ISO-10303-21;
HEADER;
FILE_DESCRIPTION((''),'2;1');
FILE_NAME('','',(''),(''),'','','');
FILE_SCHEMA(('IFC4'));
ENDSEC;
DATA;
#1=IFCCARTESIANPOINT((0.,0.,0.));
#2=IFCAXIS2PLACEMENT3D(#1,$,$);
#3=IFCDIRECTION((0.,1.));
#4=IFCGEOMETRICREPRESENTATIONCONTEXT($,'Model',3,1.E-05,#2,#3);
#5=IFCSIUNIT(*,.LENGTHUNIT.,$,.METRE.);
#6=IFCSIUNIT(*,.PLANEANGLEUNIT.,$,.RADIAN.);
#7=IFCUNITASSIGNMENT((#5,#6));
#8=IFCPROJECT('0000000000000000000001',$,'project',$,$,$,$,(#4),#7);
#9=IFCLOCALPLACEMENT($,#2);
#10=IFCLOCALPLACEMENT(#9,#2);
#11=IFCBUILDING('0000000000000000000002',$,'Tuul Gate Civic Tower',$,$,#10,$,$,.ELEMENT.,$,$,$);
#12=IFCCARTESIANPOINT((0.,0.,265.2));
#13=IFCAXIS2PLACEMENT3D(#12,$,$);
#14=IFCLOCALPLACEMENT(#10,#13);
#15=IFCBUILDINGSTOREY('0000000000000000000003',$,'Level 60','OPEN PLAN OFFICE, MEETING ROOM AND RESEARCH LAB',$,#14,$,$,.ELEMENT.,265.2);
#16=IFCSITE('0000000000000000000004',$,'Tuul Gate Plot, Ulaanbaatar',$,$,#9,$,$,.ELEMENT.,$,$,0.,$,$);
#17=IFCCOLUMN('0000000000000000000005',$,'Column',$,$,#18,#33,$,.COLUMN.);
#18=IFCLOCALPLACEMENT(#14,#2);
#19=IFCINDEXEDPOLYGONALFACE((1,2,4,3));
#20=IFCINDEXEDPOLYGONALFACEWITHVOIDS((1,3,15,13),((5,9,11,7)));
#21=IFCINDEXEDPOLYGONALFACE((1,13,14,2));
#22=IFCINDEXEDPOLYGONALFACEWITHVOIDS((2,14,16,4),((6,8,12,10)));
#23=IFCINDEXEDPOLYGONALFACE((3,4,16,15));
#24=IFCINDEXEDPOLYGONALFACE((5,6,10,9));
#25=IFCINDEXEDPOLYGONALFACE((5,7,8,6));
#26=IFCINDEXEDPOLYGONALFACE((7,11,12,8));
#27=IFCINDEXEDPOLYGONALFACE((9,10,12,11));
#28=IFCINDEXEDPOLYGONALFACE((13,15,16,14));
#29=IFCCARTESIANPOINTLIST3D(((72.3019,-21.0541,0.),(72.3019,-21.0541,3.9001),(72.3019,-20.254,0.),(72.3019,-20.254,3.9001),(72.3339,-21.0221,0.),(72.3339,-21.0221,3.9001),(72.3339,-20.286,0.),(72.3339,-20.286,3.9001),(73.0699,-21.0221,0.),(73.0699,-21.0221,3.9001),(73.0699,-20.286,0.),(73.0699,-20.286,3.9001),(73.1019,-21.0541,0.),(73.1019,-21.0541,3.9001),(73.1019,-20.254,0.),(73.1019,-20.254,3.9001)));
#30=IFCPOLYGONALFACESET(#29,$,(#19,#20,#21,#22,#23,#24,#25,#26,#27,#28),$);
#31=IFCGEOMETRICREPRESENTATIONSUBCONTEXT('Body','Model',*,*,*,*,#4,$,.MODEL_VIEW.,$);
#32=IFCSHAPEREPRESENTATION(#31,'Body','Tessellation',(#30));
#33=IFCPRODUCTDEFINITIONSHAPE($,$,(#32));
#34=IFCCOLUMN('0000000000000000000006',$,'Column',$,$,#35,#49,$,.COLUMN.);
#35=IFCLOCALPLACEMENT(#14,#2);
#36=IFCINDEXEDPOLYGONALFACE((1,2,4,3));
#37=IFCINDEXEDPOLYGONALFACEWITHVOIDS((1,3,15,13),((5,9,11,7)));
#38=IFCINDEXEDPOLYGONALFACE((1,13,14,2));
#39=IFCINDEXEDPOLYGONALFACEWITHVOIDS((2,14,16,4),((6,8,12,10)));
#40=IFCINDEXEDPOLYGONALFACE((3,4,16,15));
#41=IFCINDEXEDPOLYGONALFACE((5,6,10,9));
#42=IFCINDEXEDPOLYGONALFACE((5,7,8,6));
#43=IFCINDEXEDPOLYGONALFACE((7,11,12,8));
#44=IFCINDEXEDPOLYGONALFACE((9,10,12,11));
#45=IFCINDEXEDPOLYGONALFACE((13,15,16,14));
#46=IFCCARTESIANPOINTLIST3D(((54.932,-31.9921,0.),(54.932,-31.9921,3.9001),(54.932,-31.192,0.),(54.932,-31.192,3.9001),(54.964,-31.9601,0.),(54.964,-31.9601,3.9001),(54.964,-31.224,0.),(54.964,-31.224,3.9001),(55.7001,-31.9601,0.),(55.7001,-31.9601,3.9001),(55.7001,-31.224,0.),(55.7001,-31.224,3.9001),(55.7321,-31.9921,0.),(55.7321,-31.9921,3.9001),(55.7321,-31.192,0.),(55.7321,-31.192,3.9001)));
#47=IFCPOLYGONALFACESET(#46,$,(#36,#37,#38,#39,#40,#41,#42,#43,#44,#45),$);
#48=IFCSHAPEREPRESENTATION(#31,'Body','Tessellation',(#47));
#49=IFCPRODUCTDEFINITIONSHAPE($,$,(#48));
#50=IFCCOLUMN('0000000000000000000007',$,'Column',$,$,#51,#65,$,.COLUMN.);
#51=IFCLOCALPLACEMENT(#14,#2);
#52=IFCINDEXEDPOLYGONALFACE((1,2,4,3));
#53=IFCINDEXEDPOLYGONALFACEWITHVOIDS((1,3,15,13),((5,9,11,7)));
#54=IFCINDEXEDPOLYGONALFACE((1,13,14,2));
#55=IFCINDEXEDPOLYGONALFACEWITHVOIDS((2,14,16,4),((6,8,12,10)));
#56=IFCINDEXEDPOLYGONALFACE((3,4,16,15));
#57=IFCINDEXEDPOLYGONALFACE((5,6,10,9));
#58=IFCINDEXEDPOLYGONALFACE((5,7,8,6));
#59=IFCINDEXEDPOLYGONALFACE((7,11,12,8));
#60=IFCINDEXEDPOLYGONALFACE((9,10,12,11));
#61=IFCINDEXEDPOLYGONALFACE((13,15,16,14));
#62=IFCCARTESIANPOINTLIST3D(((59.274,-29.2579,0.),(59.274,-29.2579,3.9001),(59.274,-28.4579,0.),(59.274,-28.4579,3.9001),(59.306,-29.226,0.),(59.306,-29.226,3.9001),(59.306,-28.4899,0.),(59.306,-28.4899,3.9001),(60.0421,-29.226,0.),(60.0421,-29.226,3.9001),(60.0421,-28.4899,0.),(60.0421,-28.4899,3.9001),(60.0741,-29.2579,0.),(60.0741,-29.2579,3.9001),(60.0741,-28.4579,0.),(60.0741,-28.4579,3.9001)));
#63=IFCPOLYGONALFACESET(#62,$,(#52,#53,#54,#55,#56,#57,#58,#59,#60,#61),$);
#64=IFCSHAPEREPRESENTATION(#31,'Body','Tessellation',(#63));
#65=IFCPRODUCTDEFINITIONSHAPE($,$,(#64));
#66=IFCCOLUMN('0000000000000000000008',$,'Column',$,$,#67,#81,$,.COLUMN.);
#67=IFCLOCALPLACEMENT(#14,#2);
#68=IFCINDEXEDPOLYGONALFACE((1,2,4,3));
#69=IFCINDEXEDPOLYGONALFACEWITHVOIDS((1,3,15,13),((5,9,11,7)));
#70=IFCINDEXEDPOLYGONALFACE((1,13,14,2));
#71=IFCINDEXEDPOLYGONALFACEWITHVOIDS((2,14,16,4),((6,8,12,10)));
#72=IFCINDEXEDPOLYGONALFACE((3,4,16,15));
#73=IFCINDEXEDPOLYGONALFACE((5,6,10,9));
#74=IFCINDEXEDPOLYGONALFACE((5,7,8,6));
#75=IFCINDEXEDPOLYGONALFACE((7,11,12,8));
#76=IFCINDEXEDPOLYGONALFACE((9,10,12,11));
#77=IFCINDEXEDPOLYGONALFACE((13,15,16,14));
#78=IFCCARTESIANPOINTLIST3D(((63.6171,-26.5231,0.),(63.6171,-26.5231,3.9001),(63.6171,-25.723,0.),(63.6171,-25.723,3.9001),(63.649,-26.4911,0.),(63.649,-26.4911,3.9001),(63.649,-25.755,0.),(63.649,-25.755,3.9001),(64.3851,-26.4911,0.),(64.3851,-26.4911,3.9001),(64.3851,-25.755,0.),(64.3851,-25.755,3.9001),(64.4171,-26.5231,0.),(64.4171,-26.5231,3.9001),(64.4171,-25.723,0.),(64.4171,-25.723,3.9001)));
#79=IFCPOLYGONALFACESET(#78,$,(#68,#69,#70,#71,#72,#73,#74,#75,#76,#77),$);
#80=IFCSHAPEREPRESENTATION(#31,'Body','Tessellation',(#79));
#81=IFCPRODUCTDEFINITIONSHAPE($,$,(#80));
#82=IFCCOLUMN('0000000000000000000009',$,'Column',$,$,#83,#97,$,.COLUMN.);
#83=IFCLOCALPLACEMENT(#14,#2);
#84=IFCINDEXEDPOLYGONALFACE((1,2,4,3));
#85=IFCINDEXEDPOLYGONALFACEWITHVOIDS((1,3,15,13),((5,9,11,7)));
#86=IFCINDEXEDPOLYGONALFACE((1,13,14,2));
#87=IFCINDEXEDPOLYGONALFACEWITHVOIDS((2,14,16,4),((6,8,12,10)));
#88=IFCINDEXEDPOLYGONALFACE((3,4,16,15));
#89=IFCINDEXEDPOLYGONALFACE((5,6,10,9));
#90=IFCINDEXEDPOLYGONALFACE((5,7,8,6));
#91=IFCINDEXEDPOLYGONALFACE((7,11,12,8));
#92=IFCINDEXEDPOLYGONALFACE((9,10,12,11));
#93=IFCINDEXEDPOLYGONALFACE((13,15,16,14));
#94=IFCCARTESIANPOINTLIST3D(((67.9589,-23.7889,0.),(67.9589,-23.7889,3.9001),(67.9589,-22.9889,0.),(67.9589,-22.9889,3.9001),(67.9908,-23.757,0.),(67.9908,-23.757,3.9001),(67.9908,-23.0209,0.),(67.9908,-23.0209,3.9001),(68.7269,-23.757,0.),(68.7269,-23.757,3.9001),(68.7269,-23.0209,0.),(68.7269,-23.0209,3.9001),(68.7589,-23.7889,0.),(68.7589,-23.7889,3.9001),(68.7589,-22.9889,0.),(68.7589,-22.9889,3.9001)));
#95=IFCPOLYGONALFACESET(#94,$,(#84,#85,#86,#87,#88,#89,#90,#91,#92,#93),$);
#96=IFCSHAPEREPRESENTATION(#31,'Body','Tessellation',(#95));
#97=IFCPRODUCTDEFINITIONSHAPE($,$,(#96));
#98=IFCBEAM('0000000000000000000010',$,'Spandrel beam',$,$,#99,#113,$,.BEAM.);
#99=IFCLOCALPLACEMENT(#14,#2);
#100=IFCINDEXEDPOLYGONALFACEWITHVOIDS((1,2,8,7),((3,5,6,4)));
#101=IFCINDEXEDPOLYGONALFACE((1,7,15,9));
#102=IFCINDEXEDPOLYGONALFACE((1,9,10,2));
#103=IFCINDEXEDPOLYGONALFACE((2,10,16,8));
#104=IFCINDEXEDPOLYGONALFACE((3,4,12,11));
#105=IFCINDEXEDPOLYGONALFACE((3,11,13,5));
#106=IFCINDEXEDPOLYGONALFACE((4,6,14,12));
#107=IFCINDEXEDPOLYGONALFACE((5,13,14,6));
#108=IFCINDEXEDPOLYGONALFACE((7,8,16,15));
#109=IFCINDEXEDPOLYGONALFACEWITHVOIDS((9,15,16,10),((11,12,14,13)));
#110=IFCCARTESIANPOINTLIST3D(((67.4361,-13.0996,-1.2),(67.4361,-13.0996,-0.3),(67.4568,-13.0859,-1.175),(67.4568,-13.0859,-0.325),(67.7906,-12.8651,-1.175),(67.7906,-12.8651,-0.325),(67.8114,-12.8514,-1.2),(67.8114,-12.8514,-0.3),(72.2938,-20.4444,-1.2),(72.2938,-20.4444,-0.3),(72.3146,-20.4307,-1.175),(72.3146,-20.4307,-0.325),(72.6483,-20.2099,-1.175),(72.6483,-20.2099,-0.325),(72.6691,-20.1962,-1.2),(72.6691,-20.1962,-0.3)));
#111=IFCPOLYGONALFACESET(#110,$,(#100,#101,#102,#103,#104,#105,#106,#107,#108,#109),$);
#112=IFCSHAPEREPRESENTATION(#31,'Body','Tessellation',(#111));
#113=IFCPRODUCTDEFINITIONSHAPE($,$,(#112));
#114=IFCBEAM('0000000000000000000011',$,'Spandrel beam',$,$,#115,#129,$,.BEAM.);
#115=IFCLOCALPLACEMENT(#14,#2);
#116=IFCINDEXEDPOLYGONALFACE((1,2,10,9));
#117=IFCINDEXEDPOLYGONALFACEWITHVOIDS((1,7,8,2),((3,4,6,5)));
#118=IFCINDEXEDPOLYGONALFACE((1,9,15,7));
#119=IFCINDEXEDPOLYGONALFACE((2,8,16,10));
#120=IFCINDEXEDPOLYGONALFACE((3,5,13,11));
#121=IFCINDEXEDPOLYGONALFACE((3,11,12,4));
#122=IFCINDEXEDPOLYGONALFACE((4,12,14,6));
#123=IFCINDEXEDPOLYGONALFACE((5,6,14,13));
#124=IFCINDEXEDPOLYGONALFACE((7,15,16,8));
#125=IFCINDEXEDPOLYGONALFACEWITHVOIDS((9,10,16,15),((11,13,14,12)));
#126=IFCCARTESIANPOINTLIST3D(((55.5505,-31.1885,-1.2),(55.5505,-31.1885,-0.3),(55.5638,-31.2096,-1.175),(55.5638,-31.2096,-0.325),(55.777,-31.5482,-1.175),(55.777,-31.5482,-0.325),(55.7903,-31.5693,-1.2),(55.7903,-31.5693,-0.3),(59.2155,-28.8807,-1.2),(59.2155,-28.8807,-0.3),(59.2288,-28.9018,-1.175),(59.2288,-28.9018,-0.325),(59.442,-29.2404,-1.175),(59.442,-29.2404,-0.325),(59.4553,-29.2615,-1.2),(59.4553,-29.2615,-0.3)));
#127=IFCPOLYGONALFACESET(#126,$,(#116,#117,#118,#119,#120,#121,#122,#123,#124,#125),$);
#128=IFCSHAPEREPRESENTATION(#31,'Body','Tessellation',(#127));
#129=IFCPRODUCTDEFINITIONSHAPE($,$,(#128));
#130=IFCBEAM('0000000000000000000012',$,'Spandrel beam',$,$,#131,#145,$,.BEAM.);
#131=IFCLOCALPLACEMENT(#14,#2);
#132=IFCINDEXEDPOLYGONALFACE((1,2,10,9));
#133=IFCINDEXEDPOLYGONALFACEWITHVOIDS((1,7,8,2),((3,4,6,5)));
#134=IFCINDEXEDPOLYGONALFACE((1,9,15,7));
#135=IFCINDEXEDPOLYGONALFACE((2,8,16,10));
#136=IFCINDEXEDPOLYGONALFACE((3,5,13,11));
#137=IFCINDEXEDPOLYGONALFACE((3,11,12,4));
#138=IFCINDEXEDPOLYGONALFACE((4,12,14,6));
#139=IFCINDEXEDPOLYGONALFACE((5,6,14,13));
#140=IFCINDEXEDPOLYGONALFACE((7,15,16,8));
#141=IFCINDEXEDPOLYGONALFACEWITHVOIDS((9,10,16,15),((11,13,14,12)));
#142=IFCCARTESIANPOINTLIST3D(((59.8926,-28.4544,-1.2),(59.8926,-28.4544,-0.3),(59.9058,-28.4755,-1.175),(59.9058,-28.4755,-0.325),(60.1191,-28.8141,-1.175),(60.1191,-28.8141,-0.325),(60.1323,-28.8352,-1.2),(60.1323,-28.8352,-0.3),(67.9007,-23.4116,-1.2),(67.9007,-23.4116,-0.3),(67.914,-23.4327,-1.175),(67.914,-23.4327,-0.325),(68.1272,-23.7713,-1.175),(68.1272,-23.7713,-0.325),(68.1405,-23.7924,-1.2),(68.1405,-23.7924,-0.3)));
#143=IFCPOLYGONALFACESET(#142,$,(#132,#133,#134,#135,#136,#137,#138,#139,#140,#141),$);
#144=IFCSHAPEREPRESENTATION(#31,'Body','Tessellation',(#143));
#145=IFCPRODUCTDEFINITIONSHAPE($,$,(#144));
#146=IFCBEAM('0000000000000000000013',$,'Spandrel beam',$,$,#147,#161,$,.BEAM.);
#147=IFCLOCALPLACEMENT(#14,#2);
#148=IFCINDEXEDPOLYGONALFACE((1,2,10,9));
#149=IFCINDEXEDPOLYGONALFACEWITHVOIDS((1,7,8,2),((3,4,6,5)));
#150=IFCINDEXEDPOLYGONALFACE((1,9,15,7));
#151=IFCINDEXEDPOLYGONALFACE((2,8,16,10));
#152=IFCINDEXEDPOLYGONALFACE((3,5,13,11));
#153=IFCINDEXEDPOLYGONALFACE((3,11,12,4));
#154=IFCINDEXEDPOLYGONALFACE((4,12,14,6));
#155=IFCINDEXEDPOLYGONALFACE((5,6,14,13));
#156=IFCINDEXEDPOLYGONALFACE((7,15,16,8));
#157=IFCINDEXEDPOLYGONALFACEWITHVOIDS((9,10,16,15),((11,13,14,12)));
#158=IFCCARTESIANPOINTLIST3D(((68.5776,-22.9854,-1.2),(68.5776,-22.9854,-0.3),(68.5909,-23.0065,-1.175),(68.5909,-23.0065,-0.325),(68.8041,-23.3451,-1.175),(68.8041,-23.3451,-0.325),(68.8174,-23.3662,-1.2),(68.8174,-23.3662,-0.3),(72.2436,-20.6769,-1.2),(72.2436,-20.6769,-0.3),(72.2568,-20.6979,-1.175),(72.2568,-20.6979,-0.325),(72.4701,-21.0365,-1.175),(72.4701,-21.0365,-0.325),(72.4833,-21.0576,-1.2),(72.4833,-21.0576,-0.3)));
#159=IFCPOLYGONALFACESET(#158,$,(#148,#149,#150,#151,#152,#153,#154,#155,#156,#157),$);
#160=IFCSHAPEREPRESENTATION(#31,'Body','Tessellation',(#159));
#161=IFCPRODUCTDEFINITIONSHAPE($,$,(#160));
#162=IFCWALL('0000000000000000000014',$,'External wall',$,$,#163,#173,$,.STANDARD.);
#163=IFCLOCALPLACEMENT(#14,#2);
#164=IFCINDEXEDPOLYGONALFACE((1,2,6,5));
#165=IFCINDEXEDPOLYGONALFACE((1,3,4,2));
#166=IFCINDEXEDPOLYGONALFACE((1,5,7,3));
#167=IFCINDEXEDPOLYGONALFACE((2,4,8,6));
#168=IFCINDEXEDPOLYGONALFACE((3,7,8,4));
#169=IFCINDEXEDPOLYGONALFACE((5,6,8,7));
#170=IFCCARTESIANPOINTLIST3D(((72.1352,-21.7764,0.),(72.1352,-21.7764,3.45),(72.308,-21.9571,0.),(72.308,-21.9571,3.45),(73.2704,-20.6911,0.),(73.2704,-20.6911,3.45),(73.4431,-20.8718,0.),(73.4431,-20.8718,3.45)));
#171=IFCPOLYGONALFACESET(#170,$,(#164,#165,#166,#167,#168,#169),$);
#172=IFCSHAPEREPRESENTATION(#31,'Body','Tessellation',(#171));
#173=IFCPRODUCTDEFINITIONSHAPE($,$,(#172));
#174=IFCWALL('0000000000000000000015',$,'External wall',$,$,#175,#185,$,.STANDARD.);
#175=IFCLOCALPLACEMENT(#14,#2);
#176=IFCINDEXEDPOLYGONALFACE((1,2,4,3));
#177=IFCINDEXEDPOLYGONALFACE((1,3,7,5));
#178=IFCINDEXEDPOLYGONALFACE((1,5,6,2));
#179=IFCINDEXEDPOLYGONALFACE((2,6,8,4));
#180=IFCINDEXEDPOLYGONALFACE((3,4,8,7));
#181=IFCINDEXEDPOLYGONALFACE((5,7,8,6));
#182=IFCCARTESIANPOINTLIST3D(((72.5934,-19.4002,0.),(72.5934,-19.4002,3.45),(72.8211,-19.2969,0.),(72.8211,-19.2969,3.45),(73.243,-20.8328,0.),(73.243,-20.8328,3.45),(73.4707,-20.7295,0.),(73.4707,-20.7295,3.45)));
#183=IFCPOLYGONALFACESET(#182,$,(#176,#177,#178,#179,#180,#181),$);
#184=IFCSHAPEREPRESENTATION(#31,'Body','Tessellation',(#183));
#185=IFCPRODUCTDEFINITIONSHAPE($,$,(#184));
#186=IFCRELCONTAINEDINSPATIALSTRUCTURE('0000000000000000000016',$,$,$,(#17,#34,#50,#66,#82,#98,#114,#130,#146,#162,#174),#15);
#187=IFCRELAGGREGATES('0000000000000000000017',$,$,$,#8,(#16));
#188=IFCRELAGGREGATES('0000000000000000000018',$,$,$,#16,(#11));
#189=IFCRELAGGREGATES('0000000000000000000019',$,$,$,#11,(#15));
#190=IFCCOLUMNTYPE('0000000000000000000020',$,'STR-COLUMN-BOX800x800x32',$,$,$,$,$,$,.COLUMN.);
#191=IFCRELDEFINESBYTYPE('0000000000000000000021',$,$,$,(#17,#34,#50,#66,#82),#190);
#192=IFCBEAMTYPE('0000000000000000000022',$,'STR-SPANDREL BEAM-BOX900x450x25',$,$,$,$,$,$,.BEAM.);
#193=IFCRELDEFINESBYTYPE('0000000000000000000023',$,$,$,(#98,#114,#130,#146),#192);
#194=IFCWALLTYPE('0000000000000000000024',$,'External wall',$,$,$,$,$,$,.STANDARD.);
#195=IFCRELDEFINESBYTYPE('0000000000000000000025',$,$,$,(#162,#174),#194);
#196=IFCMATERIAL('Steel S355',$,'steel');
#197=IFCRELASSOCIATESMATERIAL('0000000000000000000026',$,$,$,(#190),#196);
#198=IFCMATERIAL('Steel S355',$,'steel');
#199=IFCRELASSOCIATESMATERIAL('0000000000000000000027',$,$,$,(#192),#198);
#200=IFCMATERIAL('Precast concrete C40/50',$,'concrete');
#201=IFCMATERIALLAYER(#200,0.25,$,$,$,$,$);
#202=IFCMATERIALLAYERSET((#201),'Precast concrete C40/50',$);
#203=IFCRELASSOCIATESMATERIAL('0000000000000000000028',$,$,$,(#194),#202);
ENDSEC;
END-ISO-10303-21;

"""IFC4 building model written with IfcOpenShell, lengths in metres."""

from ifc_helpers import new_model, si_unit, direction, frame, frame_2d, origin, origin_2d, place, context, subcontext, project, spatial, rectangle, hollow_rectangle, extrude, material, layer, layer_set, material_profile, profile_set, type_object, element, save


model = new_model("IFC4")

# Units and contexts
model_context = context("Model", 3, precision=1e-05, world=origin(), true_north=direction((0.0, 1.0)))
body_context = subcontext(model_context, "Body", "Model", "MODEL_VIEW")
ifc_project = project(units=[si_unit("LENGTHUNIT", "METRE"), si_unit("PLANEANGLEUNIT", "RADIAN")], contexts=[model_context])

# Site, building, storey
site_placement = place(None, origin())
site = spatial("IfcSite", under=ifc_project, at=site_placement, Name="Tuul Gate Plot, Ulaanbaatar", CompositionType="ELEMENT", RefElevation=0.0)
building_placement = place(site_placement, origin())
building = spatial("IfcBuilding", under=site, at=building_placement, Name="Tuul Gate Civic Tower", CompositionType="ELEMENT")
storey_placement = place(building_placement, frame((0.0, 0.0, 265.2)))
storey = spatial("IfcBuildingStorey", under=building, at=storey_placement, Name="Level 60", Description="OPEN PLAN OFFICE, MEETING ROOM AND RESEARCH LAB", CompositionType="ELEMENT", Elevation=265.2)

# Columns
ifc_material_1 = material(Name="Steel S355", Category="steel")
ifc_material_profile_1 = material_profile(ifc_material_1, hollow_rectangle(XDim=0.8, YDim=0.8, WallThickness=0.032, at=origin_2d()), Name="BOX800x800x32")
ifc_profile_set_1 = profile_set([ifc_material_profile_1], Name="Steel S355")
column_type = type_object("IfcColumnType", Name="STR-COLUMN-BOX800x800x32", PredefinedType="COLUMN", material=ifc_profile_set_1)
for number, where, z_axis, x_axis, name in (
    (1, (72.7019, -20.6541, 0.0), (0.0, 0.0, 1.0), (1.0, 0.0, 0.0), "Column"),
    (2, (55.332, -31.592, 0.0), (0.0, 0.0, 1.0), (1.0, 0.0, 0.0), "Column"),
    (3, (59.6741, -28.8579, 0.0), (0.0, 0.0, 1.0), (1.0, 0.0, 0.0), "Column"),
    (4, (64.0171, -26.123, 0.0), (0.0, 0.0, 1.0), (1.0, 0.0, 0.0), "Column"),
    (5, (68.3589, -23.3889, 0.0), (0.0, 0.0, 1.0), (1.0, 0.0, 0.0), "Column"),
):
    element("IfcColumn", number, at=place(storey_placement, frame(where, z_axis=z_axis, x_axis=x_axis)), inside=storey, type_object=column_type, Name=name, PredefinedType="COLUMN", context=body_context, shape_type="SweptSolid", body=[
        extrude(hollow_rectangle(XDim=0.8, YDim=0.8, WallThickness=0.032, at=origin_2d()), origin(), (0.0, 0.0, 1.0), 3.9001),
    ])

# Beams
ifc_material_2 = material(Name="Steel S355", Category="steel")
ifc_material_profile_2 = material_profile(ifc_material_2, hollow_rectangle(XDim=0.45, YDim=0.8999, WallThickness=0.0249, at=origin_2d()), Name="BOX900x450x25")
ifc_profile_set_2 = profile_set([ifc_material_profile_2], Name="Steel S355")
beam_type = type_object("IfcBeamType", Name="STR-SPANDREL BEAM-BOX900x450x25", PredefinedType="BEAM", material=ifc_profile_set_2)
beam_1_placement = place(storey_placement, frame((72.4814, -20.3203, -0.75), z_axis=(-0.551645, 0.834079, 0.0), x_axis=(-0.834079, -0.551645, 0.0)))
element("IfcBeam", 6, at=beam_1_placement, inside=storey, type_object=beam_type, Name="Spandrel beam", PredefinedType="BEAM", context=body_context, shape_type="SweptSolid", body=[
    extrude(hollow_rectangle(XDim=0.45, YDim=0.8999, WallThickness=0.0249, at=origin_2d()), origin(), (0.0, 0.0, 1.0), 8.8059),
])
beam_2_placement = place(storey_placement, frame((55.6704, -31.3789, -0.75), z_axis=(0.846207, 0.532854, 0.0), x_axis=(-0.532854, 0.846207, 0.0)))
element("IfcBeam", 7, at=beam_2_placement, inside=storey, type_object=beam_type, Name="Spandrel beam", PredefinedType="BEAM", context=body_context, shape_type="SweptSolid", body=[
    extrude(hollow_rectangle(XDim=0.45, YDim=0.8999, WallThickness=0.0249, at=origin_2d()), origin(), (0.0, 0.0, 1.0), 4.3311),
])
beam_3_placement = place(storey_placement, frame((60.0125, -28.6448, -0.75), z_axis=(0.846204, 0.53286, 0.0), x_axis=(-0.53286, 0.846204, 0.0)))
element("IfcBeam", 8, at=beam_3_placement, inside=storey, type_object=beam_type, Name="Spandrel beam", PredefinedType="BEAM", context=body_context, shape_type="SweptSolid", body=[
    extrude(hollow_rectangle(XDim=0.45, YDim=0.8999, WallThickness=0.0249, at=origin_2d()), origin(), (0.0, 0.0, 1.0), 9.4636),
])
beam_4_placement = place(storey_placement, frame((68.6975, -23.1758, -0.75), z_axis=(0.846195, 0.532873, 0.0), x_axis=(-0.532873, 0.846195, 0.0)))
element("IfcBeam", 9, at=beam_4_placement, inside=storey, type_object=beam_type, Name="Spandrel beam", PredefinedType="BEAM", context=body_context, shape_type="SweptSolid", body=[
    extrude(hollow_rectangle(XDim=0.45, YDim=0.8999, WallThickness=0.0249, at=origin_2d()), origin(), (0.0, 0.0, 1.0), 4.3323),
])

# Walls
ifc_material_3 = material(Name="Precast concrete C40/50", Category="concrete")
ifc_layer = layer(ifc_material_3, 0.25)
ifc_layer_set = layer_set([ifc_layer], Name="Precast concrete C40/50")
wall_type = type_object("IfcWallType", Name="External wall", PredefinedType="STANDARD", material=ifc_layer_set)
wall_1_placement = place(storey_placement, frame((72.2217, -21.8667, 0.0), z_axis=(0.0, 0.0, 1.0), x_axis=(0.722784, 0.691074, 0.0)))
element("IfcWall", 10, at=wall_1_placement, inside=storey, type_object=wall_type, Name="External wall", PredefinedType="STANDARD", context=body_context, shape_type="SweptSolid", body=[
    extrude(rectangle(XDim=1.5706, YDim=0.25, at=frame_2d((0.7852, 0.0))), origin(), (0.0, 0.0, 1.0), 3.45),
])
wall_2_placement = place(storey_placement, frame((73.3569, -20.7812, 0.0), z_axis=(0.0, 0.0, 1.0), x_axis=(-0.412996, 0.910733, 0.0)))
element("IfcWall", 11, at=wall_2_placement, inside=storey, type_object=wall_type, Name="External wall", PredefinedType="STANDARD", context=body_context, shape_type="SweptSolid", body=[
    extrude(rectangle(XDim=1.573, YDim=0.25, at=frame_2d((0.7866, 0.0))), origin(), (0.0, 0.0, 1.0), 3.45),
])

save(model, "model.ifc")
